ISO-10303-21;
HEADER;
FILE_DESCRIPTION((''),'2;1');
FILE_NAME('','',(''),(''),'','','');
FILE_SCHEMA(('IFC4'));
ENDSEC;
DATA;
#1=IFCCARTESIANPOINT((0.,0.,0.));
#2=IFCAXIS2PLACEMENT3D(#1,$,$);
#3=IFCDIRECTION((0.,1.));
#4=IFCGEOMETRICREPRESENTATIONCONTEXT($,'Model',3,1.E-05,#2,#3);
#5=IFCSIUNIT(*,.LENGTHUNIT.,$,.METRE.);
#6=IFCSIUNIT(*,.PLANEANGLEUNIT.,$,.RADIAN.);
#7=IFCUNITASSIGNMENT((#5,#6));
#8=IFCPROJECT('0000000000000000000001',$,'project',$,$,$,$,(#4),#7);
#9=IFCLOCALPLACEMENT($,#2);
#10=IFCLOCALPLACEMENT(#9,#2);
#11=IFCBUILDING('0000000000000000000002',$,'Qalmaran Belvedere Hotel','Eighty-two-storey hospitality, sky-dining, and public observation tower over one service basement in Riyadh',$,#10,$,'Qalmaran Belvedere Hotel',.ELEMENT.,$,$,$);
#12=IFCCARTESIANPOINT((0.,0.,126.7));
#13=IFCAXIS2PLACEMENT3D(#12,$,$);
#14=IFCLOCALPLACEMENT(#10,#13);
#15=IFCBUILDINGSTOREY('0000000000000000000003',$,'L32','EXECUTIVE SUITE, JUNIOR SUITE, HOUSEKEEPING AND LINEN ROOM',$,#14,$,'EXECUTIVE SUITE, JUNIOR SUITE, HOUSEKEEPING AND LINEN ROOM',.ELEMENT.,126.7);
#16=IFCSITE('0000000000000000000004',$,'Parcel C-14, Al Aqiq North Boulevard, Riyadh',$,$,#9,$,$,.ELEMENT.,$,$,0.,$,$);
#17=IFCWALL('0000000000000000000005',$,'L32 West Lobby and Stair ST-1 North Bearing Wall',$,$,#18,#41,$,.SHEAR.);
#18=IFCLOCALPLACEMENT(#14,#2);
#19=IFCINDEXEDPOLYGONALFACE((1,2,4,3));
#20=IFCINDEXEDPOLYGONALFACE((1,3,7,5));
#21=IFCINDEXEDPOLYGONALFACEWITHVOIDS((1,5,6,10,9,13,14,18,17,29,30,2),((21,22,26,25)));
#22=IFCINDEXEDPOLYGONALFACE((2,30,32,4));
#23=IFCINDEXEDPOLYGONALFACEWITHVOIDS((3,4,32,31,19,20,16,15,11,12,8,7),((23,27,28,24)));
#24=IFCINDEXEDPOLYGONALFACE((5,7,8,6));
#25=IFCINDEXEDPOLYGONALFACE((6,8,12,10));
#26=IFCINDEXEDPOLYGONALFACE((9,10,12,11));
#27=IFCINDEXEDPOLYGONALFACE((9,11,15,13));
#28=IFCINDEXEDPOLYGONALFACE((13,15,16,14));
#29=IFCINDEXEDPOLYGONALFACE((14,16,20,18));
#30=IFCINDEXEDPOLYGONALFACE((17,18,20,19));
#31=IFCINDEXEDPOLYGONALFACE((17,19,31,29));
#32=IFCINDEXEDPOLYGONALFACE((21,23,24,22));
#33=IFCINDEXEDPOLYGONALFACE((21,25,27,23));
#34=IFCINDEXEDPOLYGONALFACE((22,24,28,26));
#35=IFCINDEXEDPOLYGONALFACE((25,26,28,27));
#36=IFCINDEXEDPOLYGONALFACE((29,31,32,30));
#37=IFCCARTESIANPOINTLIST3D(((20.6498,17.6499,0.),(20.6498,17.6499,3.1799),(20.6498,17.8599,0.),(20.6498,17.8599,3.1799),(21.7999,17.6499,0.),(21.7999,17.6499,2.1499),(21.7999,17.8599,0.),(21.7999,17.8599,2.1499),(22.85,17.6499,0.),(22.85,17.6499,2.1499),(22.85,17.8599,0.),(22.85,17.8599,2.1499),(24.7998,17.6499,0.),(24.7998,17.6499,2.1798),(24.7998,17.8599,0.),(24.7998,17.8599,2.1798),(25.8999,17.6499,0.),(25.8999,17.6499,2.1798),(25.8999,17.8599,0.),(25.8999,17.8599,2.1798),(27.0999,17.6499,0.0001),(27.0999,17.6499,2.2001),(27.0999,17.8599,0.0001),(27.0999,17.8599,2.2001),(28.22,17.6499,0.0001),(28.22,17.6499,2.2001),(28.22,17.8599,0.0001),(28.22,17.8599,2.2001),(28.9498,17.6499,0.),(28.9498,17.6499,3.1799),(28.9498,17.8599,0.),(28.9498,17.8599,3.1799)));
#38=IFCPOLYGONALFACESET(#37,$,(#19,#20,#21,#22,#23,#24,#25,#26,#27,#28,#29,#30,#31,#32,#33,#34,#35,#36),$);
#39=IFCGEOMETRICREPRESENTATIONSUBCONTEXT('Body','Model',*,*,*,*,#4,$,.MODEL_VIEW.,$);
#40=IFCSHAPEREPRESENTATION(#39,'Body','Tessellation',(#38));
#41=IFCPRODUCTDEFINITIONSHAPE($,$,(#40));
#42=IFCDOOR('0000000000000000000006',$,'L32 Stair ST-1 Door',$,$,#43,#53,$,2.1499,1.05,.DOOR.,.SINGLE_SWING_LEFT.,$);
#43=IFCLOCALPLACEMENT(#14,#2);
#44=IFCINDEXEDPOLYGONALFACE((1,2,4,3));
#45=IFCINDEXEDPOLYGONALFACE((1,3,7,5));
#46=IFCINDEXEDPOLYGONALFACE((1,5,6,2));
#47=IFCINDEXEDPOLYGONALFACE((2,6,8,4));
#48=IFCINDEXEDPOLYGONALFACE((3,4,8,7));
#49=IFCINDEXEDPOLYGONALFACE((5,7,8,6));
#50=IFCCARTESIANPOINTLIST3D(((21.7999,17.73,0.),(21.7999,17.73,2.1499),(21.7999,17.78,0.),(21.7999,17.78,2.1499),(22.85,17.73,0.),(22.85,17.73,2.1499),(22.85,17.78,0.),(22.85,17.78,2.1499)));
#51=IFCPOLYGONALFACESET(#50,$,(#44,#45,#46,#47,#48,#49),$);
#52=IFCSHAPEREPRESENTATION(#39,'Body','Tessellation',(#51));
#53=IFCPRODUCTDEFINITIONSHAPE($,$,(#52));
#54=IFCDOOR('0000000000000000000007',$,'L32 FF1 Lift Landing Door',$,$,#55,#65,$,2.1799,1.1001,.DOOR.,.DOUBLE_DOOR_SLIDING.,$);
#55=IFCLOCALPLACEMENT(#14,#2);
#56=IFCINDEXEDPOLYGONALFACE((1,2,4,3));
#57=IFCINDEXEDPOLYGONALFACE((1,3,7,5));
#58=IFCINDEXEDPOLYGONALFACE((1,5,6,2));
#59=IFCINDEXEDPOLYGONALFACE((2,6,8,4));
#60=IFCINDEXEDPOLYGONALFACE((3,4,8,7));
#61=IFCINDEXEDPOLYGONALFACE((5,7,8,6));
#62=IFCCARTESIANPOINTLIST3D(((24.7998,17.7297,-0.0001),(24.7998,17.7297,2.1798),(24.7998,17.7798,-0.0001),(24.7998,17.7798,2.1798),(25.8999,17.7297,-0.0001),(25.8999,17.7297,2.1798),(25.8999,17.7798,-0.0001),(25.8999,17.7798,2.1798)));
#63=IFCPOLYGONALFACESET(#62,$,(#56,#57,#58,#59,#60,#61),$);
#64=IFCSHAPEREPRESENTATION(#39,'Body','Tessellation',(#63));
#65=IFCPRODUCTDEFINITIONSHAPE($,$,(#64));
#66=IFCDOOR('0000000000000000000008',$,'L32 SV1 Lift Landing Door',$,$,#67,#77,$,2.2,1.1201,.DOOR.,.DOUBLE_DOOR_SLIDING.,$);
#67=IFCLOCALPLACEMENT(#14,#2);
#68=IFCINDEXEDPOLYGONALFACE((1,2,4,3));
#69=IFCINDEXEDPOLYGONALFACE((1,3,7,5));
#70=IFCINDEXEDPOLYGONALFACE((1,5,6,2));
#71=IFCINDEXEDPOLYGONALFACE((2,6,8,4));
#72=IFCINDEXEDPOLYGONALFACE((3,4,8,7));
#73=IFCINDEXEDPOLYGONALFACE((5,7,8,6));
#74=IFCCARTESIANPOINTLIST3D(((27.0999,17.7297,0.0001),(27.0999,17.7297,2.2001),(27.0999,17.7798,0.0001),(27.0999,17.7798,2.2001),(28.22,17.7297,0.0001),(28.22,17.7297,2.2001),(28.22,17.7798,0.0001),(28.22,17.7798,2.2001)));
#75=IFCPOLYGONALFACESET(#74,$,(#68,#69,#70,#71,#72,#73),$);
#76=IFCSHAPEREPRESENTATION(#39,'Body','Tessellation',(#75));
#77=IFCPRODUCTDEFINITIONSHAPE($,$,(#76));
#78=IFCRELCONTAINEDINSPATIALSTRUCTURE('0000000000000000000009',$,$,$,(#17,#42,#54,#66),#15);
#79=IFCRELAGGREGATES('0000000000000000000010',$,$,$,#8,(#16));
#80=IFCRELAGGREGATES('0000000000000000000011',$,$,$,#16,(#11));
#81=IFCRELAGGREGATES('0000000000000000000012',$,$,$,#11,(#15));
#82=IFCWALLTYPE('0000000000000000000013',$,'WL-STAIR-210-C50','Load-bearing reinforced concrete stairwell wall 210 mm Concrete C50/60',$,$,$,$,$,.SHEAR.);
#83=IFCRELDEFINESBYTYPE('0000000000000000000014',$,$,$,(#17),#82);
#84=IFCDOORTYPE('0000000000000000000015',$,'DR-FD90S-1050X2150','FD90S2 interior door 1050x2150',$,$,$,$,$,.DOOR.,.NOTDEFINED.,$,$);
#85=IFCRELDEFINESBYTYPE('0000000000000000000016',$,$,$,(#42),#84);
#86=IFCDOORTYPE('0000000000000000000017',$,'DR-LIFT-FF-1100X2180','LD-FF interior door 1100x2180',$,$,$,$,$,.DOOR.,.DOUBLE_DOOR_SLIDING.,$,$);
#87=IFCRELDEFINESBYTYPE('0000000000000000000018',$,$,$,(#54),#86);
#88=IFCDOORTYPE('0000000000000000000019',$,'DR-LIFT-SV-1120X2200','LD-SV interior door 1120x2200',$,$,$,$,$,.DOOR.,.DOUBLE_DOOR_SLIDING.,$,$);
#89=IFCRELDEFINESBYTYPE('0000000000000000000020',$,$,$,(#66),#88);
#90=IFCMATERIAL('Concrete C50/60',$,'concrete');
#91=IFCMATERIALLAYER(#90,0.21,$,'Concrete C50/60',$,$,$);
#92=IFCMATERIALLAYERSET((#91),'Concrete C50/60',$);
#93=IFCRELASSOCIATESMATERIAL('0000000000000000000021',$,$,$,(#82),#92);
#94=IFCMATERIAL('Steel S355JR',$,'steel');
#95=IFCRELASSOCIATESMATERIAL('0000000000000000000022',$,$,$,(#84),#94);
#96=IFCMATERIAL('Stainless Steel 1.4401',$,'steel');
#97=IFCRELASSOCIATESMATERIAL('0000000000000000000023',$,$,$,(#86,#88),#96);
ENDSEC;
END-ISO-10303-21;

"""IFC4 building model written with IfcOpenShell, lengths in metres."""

from ifc_helpers import new_model, si_unit, direction, frame, frame_2d, origin, place, context, subcontext, project, spatial, rectangle, extrude, material, layer, layer_set, type_object, element, fill, save


model = new_model("IFC4")

# Units and contexts
model_context = context("Model", 3, precision=1e-05, world=origin(), true_north=direction((0.0, 1.0)))
body_context = subcontext(model_context, "Body", "Model", "MODEL_VIEW")
ifc_project = project(units=[si_unit("LENGTHUNIT", "METRE"), si_unit("PLANEANGLEUNIT", "RADIAN")], contexts=[model_context])

# Site, building, storey
site_placement = place(None, origin())
site = spatial("IfcSite", under=ifc_project, at=site_placement, Name="Parcel C-14, Al Aqiq North Boulevard, Riyadh", CompositionType="ELEMENT", RefElevation=0.0)
building_placement = place(site_placement, origin())
building = spatial("IfcBuilding", under=site, at=building_placement, Name="Qalmaran Belvedere Hotel", Description="Eighty-two-storey hospitality, sky-dining, and public observation tower over one service basement in Riyadh", LongName="Qalmaran Belvedere Hotel", CompositionType="ELEMENT")
storey_placement = place(building_placement, frame((0.0, 0.0, 126.7)))
storey = spatial("IfcBuildingStorey", under=building, at=storey_placement, Name="L32", Description="EXECUTIVE SUITE, JUNIOR SUITE, HOUSEKEEPING AND LINEN ROOM", LongName="EXECUTIVE SUITE, JUNIOR SUITE, HOUSEKEEPING AND LINEN ROOM", CompositionType="ELEMENT", Elevation=126.7)

# Shared definitions
ifc_material_1 = material(Name="Steel S355JR", Category="steel")

# Wall, openings, doors
ifc_material_2 = material(Name="Concrete C50/60", Category="concrete")
ifc_layer_1 = layer(ifc_material_2, 0.21, Name="Concrete C50/60")
ifc_layer_set_1 = layer_set([ifc_layer_1], Name="Concrete C50/60")
wall_type_1 = type_object("IfcWallType", Name="WL-STAIR-210-C50", Description="Load-bearing reinforced concrete stairwell wall 210 mm Concrete C50/60", PredefinedType="SHEAR", material=ifc_layer_set_1)
wall_1_placement = place(storey_placement, frame((20.6499, 17.7549, 0.0), z_axis=(0.0, 0.0, 1.0), x_axis=(1.0, 0.0, 0.0)))
wall_1 = element("IfcWall", 1, at=wall_1_placement, inside=storey, type_object=wall_type_1, Name="L32 West Lobby and Stair ST-1 North Bearing Wall", PredefinedType="SHEAR", context=body_context, shape_type="SweptSolid", body=[
    extrude(rectangle(XDim=8.3, YDim=0.21, at=frame_2d((4.1499, 0.0))), origin(), (0.0, 0.0, 1.0), 3.1799),
])
opening_1_placement = place(wall_1_placement, frame((2.2, 0.0, 0.0), z_axis=(0.0, 0.0, 1.0), x_axis=(-1.0, 0.0, 0.0)))
opening_1 = element("IfcOpeningElement", 2, at=opening_1_placement, cuts=wall_1, PredefinedType="OPENING", context=body_context, shape_type="SweptSolid", body=[
    extrude(rectangle(XDim=1.05, YDim=2.1499, at=frame_2d((0.5249, 1.075))), frame((0.0, 0.115, 0.0), z_axis=(0.0, -1.0, 0.0), x_axis=(1.0, 0.0, 0.0)), (0.0, 0.0, 1.0), 0.23),
])
opening_2_placement = place(wall_1_placement, frame((4.1499, 0.0, 0.0)))
opening_2 = element("IfcOpeningElement", 3, at=opening_2_placement, cuts=wall_1, PredefinedType="OPENING", context=body_context, shape_type="SweptSolid", body=[
    extrude(rectangle(XDim=1.1001, YDim=2.1799, at=frame_2d((0.55, 1.0898))), frame((0.0, 0.115, 0.0), z_axis=(0.0, -1.0, 0.0), x_axis=(1.0, 0.0, 0.0)), (0.0, 0.0, 1.0), 0.23),
])
opening_3_placement = place(wall_1_placement, frame((6.45, 0.0, 0.0)))
opening_3 = element("IfcOpeningElement", 4, at=opening_3_placement, cuts=wall_1, PredefinedType="OPENING", context=body_context, shape_type="SweptSolid", body=[
    extrude(rectangle(XDim=1.1201, YDim=2.2, at=frame_2d((0.5601, 1.1001))), frame((0.0, 0.115, 0.0), z_axis=(0.0, -1.0, 0.0), x_axis=(1.0, 0.0, 0.0)), (0.0, 0.0, 1.0), 0.23),
])
door_type_1 = type_object("IfcDoorType", Name="DR-FD90S-1050X2150", Description="FD90S2 interior door 1050x2150", OperationType="NOTDEFINED", PredefinedType="DOOR", material=ifc_material_1)
door_1_placement = place(opening_1_placement, origin())
door_1 = element("IfcDoor", 5, at=door_1_placement, inside=storey, type_object=door_type_1, Name="L32 Stair ST-1 Door", OperationType="SINGLE_SWING_LEFT", OverallHeight=2.1499, OverallWidth=1.05, PredefinedType="DOOR", context=body_context, shape_type="SweptSolid", body=[
    extrude(rectangle(XDim=1.05, YDim=2.1499, at=frame_2d((0.5249, 1.075))), frame((0.0, 0.0249, 0.0), z_axis=(0.0, -1.0, 0.0), x_axis=(1.0, 0.0, 0.0)), (0.0, 0.0, 1.0), 0.05),
])
fill(opening_1, door_1)
ifc_material_3 = material(Name="Stainless Steel 1.4401", Category="steel")
door_type_2 = type_object("IfcDoorType", Name="DR-LIFT-FF-1100X2180", Description="LD-FF interior door 1100x2180", OperationType="DOUBLE_DOOR_SLIDING", PredefinedType="DOOR", material=ifc_material_3)
door_2_placement = place(opening_2_placement, origin())
door_2 = element("IfcDoor", 6, at=door_2_placement, inside=storey, type_object=door_type_2, Name="L32 FF1 Lift Landing Door", OperationType="DOUBLE_DOOR_SLIDING", OverallHeight=2.1799, OverallWidth=1.1001, PredefinedType="DOOR", context=body_context, shape_type="SweptSolid", body=[
    extrude(rectangle(XDim=1.1001, YDim=2.1799, at=frame_2d((0.55, 1.0898))), frame((0.0, 0.0249, 0.0), z_axis=(0.0, -1.0, 0.0), x_axis=(1.0, 0.0, 0.0)), (0.0, 0.0, 1.0), 0.05),
])
fill(opening_2, door_2)
door_type_3 = type_object("IfcDoorType", Name="DR-LIFT-SV-1120X2200", Description="LD-SV interior door 1120x2200", OperationType="DOUBLE_DOOR_SLIDING", PredefinedType="DOOR", material=ifc_material_3)
door_3_placement = place(opening_3_placement, origin())
door_3 = element("IfcDoor", 7, at=door_3_placement, inside=storey, type_object=door_type_3, Name="L32 SV1 Lift Landing Door", OperationType="DOUBLE_DOOR_SLIDING", OverallHeight=2.2, OverallWidth=1.1201, PredefinedType="DOOR", context=body_context, shape_type="SweptSolid", body=[
    extrude(rectangle(XDim=1.1201, YDim=2.2, at=frame_2d((0.5601, 1.1001))), frame((0.0, 0.0249, 0.0), z_axis=(0.0, -1.0, 0.0), x_axis=(1.0, 0.0, 0.0)), (0.0, 0.0, 1.0), 0.05),
])
fill(opening_3, door_3)

save(model, "model.ifc")
